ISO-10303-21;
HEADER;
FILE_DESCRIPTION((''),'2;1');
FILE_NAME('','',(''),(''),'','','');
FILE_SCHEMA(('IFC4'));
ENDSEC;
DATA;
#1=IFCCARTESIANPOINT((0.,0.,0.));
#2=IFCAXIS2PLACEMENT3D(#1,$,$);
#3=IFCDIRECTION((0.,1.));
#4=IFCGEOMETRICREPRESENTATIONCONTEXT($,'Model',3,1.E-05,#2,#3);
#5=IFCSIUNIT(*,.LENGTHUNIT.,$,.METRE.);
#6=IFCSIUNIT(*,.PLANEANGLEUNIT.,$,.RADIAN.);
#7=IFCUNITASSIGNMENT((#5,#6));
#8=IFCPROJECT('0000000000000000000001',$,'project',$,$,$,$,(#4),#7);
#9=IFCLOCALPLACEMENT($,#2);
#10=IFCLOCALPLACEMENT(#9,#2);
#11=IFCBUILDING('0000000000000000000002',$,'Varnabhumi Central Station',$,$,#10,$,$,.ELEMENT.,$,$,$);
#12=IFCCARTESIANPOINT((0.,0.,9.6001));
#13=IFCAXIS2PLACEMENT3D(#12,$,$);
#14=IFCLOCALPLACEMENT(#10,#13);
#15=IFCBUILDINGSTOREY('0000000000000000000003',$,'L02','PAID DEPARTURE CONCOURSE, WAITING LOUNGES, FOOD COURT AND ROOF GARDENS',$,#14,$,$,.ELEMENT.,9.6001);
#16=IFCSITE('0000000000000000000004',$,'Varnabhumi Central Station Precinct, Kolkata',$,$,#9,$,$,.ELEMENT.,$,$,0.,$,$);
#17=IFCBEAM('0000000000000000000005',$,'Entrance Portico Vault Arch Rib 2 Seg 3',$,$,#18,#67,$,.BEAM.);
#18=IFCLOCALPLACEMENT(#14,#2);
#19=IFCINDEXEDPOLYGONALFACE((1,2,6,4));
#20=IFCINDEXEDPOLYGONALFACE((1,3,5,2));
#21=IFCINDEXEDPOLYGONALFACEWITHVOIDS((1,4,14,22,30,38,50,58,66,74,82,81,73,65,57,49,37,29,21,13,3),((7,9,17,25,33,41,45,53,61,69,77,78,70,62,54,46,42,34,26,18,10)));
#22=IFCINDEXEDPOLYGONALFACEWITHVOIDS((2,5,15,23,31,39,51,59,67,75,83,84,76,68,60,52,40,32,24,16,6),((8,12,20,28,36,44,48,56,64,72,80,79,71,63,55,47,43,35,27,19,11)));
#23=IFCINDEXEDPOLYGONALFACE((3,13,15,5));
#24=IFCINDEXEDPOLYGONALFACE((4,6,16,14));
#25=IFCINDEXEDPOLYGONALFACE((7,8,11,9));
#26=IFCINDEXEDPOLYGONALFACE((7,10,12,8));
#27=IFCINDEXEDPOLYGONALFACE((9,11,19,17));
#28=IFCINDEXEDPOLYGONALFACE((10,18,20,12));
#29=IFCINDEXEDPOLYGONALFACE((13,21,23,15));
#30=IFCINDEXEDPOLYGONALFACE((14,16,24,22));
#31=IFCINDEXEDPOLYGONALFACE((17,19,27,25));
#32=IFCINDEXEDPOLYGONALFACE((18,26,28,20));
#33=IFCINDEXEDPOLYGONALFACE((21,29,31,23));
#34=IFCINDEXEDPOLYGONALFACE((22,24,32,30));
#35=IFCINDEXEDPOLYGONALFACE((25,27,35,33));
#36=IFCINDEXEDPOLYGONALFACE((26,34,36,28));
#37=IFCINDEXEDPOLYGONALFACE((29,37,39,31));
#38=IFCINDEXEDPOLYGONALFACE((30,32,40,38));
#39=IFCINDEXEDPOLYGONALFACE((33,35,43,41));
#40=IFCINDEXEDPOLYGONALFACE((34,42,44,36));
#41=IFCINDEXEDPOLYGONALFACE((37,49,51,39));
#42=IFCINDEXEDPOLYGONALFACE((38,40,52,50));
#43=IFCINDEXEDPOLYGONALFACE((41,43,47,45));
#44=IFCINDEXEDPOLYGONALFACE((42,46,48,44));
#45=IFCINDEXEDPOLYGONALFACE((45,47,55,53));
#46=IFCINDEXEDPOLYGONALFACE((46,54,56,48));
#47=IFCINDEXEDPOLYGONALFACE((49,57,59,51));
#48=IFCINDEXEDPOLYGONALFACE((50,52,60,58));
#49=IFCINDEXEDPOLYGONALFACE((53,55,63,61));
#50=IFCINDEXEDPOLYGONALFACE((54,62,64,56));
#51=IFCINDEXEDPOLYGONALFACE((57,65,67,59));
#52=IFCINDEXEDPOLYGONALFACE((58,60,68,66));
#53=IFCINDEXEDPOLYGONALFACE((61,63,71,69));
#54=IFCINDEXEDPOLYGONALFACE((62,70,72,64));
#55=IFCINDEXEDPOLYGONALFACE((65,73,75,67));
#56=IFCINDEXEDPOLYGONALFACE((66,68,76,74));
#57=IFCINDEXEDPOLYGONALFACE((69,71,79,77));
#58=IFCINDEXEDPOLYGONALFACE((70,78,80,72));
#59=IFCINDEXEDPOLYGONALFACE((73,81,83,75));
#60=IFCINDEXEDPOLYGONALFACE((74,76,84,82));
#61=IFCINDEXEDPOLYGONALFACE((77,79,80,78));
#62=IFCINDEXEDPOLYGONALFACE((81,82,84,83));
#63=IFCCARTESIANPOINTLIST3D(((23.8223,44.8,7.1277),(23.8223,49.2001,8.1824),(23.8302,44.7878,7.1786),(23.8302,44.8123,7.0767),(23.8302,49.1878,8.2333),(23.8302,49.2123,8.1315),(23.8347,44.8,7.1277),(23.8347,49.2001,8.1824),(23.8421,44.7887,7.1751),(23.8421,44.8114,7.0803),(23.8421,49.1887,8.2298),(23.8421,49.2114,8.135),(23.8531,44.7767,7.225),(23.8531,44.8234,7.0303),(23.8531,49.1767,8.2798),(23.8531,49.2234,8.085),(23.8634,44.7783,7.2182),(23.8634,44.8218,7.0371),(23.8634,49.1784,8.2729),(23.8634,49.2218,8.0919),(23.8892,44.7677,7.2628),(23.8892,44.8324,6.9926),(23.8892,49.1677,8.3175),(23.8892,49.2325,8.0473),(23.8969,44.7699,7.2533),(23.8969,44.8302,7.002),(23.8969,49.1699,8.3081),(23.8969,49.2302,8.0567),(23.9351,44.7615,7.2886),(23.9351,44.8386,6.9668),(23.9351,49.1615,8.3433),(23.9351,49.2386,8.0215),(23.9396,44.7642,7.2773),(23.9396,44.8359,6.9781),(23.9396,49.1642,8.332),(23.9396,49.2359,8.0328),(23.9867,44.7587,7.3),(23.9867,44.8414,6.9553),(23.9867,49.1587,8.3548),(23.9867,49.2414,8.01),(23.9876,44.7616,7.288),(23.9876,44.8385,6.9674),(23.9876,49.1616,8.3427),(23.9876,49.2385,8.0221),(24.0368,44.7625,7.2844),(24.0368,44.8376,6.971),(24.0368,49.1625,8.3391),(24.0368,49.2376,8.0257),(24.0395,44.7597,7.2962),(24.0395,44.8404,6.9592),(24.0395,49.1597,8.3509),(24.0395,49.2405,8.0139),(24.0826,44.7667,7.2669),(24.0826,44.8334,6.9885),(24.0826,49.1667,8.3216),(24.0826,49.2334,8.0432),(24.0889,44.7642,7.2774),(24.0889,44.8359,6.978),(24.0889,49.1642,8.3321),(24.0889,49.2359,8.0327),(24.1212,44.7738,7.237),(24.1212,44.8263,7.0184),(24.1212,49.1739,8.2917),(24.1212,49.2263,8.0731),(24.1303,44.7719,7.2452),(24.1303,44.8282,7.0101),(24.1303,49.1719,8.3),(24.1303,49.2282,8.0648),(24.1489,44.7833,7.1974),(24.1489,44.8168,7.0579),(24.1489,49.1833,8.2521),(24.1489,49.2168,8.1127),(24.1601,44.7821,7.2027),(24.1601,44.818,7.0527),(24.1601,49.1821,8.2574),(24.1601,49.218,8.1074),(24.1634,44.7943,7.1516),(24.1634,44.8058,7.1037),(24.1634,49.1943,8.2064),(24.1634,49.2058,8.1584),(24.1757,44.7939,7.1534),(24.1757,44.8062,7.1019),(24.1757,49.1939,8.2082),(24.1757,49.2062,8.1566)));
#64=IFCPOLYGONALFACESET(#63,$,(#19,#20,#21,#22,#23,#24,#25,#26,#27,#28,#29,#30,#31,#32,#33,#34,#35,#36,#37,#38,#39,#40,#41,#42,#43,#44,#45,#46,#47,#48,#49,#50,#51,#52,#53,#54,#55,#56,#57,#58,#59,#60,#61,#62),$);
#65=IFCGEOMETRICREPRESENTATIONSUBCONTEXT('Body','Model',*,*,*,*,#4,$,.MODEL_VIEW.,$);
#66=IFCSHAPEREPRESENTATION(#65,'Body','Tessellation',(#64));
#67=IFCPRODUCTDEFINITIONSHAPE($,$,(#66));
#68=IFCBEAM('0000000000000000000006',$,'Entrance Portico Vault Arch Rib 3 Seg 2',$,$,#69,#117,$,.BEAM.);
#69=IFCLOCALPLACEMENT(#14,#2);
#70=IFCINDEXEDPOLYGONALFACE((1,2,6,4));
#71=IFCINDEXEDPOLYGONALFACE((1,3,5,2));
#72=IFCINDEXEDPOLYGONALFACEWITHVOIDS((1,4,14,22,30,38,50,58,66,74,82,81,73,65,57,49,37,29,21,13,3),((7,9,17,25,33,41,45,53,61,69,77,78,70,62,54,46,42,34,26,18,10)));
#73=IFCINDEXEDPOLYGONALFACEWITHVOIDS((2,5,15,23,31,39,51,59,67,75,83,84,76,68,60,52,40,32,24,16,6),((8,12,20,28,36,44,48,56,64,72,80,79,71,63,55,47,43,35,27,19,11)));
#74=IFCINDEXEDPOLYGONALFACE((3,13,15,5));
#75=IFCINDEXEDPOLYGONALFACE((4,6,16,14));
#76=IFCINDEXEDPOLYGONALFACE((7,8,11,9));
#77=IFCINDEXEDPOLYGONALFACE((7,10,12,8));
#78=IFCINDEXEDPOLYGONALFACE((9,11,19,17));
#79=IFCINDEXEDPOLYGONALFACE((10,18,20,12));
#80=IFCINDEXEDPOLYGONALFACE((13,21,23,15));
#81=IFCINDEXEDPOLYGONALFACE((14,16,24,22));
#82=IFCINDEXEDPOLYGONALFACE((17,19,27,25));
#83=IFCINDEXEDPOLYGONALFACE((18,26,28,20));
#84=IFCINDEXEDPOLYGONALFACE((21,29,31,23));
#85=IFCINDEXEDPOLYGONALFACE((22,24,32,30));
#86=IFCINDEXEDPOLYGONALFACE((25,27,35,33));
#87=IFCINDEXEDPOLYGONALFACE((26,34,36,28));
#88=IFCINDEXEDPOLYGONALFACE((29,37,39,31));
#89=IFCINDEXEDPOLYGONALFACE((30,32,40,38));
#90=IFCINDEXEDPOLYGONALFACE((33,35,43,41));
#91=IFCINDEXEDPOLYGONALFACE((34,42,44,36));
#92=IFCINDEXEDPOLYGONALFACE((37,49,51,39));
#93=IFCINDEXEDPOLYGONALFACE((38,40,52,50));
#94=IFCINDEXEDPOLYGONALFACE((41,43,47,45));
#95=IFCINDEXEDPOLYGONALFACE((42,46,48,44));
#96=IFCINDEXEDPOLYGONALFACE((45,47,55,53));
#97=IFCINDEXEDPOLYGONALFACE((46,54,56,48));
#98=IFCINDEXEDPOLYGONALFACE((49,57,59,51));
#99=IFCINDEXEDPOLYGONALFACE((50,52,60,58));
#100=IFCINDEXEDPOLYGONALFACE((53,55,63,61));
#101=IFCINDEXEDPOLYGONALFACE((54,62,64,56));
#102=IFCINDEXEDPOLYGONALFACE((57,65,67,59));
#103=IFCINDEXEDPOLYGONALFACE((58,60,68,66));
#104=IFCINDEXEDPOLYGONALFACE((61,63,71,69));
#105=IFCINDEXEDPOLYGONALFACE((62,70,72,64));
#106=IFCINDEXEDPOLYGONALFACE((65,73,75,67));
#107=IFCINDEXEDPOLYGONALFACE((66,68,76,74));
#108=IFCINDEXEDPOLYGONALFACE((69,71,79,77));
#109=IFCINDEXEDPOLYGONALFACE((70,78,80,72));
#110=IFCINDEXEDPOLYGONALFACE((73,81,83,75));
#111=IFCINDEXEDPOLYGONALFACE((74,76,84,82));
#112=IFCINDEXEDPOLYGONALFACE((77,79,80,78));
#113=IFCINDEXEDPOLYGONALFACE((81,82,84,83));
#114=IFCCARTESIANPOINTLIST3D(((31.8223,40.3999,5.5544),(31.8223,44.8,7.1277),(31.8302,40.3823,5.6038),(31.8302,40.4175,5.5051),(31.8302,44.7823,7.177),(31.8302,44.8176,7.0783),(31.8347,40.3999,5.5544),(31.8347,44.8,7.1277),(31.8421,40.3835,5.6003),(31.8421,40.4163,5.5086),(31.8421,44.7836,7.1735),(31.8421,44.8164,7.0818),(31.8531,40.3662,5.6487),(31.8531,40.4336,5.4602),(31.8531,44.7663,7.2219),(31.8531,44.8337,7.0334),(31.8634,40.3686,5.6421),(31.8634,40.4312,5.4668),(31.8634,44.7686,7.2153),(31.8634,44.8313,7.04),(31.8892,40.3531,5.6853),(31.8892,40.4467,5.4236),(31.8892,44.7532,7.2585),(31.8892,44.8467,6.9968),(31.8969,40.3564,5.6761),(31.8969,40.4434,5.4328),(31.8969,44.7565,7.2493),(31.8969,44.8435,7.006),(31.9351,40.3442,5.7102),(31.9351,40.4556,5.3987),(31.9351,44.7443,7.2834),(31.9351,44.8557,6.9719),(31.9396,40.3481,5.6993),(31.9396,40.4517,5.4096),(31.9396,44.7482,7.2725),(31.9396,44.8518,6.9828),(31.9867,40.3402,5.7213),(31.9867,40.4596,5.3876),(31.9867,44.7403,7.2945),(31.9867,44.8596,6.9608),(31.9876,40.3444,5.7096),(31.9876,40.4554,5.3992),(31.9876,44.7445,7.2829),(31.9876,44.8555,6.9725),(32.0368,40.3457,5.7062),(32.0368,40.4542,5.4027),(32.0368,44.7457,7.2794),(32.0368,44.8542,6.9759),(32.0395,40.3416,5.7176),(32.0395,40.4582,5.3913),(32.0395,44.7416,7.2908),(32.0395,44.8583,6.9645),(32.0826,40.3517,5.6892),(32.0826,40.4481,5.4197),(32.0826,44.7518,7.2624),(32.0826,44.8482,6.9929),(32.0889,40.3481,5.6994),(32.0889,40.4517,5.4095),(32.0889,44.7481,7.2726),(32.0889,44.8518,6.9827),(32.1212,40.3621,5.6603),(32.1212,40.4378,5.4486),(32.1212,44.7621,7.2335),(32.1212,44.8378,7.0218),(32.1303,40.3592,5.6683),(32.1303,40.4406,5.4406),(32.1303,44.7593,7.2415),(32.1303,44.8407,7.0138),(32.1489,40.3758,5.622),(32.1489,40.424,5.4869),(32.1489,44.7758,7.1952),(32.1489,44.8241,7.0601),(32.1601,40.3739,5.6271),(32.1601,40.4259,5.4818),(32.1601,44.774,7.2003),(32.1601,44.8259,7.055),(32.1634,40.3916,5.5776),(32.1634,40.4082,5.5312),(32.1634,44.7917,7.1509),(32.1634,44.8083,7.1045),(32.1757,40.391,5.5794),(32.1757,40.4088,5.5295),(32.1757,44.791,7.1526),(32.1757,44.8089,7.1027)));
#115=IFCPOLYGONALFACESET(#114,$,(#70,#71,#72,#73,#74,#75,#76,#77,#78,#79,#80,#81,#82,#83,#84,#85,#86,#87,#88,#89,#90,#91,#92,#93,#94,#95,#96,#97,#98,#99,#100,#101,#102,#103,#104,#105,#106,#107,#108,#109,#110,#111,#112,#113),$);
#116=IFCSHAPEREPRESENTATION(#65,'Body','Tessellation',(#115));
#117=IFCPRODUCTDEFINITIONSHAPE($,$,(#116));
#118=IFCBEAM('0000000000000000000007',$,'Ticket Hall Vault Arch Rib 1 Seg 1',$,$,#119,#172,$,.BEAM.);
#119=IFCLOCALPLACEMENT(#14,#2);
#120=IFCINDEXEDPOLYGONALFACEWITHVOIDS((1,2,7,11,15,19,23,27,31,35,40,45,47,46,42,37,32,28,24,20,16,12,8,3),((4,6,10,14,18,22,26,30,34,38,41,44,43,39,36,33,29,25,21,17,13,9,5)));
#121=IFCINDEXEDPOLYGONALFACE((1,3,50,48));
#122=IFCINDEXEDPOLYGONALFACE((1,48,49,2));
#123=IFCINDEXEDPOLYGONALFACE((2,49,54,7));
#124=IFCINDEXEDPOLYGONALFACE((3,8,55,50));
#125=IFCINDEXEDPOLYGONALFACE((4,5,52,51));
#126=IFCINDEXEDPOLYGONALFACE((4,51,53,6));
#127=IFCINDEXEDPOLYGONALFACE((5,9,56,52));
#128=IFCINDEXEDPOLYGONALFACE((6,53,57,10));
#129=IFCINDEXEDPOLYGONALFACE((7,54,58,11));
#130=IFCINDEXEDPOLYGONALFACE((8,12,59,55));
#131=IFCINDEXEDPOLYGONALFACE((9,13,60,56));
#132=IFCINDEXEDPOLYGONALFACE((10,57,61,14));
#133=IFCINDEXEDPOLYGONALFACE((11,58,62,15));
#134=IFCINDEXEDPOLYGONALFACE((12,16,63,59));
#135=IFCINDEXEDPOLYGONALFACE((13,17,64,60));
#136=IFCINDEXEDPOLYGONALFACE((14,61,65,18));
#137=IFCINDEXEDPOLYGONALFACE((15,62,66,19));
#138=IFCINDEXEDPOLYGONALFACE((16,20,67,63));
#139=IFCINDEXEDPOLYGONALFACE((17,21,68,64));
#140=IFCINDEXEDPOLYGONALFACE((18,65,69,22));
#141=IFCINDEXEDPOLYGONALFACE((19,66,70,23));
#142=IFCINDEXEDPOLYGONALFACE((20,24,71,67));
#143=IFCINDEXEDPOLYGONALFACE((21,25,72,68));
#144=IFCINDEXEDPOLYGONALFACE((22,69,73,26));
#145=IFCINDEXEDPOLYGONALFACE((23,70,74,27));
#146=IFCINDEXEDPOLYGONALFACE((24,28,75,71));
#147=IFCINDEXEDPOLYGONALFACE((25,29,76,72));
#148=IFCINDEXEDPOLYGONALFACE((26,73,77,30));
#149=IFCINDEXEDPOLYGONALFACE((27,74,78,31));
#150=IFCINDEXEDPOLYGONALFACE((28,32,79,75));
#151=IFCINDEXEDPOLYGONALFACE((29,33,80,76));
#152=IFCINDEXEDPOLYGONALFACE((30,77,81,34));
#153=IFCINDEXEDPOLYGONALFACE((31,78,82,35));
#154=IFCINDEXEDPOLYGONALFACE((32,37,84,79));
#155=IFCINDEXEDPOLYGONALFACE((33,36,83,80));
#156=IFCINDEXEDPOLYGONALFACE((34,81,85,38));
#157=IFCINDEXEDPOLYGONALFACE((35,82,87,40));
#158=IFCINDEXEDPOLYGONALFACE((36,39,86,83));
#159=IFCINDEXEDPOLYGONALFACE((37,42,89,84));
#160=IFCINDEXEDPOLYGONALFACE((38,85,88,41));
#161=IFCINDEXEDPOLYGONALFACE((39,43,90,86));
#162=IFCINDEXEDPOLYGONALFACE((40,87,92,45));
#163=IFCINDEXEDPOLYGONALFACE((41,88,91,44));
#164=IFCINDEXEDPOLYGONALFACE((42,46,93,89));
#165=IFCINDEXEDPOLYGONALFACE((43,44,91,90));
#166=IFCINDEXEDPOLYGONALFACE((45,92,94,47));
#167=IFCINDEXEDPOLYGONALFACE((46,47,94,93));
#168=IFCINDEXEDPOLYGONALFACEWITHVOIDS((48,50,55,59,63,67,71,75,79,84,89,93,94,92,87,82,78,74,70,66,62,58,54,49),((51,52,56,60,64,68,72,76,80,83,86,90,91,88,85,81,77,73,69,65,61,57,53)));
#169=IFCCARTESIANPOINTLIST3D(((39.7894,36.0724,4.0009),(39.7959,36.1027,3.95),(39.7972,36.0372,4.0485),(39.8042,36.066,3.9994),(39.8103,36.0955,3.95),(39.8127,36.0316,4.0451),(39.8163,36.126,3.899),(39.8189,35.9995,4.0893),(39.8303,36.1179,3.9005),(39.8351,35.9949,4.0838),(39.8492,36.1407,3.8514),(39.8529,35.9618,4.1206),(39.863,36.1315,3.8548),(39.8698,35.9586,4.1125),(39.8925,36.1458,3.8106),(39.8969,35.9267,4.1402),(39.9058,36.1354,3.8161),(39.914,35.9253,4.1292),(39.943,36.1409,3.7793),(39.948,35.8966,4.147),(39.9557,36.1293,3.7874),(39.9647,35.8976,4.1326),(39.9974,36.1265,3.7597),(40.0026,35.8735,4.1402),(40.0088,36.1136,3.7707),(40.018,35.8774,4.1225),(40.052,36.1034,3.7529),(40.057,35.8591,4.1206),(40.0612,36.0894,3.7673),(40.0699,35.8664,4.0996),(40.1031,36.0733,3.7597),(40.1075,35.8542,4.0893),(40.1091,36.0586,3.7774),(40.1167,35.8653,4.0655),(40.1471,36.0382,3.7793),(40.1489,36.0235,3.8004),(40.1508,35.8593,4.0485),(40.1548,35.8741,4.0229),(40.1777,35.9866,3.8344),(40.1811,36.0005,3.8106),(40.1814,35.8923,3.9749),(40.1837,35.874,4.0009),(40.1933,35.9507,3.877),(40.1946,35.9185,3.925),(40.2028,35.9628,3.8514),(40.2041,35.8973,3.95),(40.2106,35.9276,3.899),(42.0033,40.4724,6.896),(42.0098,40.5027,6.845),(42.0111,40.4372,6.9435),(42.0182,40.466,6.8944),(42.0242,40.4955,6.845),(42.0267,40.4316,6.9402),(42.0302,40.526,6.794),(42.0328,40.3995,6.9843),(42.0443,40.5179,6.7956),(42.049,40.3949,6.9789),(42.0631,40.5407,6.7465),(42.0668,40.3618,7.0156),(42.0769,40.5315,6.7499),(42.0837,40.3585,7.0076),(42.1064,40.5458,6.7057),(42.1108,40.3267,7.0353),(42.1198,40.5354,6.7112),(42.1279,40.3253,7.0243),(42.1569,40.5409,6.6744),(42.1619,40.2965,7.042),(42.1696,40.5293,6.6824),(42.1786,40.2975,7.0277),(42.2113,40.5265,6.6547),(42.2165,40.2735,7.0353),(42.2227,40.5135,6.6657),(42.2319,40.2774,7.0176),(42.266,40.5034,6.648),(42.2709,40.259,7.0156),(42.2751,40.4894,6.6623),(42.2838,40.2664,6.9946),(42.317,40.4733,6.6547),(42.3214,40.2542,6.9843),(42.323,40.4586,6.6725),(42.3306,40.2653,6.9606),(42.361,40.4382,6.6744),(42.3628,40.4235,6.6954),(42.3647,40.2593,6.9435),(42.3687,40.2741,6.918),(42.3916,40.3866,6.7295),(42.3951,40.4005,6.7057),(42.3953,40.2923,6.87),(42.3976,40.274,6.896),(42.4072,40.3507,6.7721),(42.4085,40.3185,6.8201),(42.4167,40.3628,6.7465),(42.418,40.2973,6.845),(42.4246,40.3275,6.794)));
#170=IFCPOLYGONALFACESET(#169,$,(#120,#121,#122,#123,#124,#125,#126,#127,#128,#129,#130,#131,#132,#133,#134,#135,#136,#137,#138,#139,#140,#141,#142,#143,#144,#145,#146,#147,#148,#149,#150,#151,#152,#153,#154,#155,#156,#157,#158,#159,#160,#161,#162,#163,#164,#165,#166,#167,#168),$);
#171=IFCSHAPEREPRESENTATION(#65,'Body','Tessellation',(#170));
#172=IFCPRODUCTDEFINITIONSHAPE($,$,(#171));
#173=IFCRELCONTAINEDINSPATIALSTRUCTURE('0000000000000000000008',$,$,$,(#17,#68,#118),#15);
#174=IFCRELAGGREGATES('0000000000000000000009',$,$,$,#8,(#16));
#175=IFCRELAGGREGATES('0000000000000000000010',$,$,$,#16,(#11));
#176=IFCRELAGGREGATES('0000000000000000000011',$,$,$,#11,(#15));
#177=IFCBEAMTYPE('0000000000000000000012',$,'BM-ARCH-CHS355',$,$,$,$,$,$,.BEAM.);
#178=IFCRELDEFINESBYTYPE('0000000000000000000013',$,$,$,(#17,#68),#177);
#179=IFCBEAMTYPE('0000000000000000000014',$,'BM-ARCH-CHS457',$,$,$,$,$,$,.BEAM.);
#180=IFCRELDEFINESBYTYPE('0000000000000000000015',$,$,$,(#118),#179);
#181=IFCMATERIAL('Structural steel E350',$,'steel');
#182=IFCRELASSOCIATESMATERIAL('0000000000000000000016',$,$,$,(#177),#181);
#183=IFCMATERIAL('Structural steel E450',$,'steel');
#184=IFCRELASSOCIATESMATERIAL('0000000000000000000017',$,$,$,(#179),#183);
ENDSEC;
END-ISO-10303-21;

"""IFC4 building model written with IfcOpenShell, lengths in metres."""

from ifc_helpers import new_model, si_unit, direction, frame, origin, origin_2d, place, context, subcontext, project, spatial, hollow_circle, extrude, material, material_profile, profile_set, type_object, element, save


model = new_model("IFC4")

# Units and contexts
model_context = context("Model", 3, precision=1e-05, world=origin(), true_north=direction((0.0, 1.0)))
body_context = subcontext(model_context, "Body", "Model", "MODEL_VIEW")
ifc_project = project(units=[si_unit("LENGTHUNIT", "METRE"), si_unit("PLANEANGLEUNIT", "RADIAN")], contexts=[model_context])

# Site, building, storey
site_placement = place(None, origin())
site = spatial("IfcSite", under=ifc_project, at=site_placement, Name="Varnabhumi Central Station Precinct, Kolkata", CompositionType="ELEMENT", RefElevation=0.0)
building_placement = place(site_placement, origin())
building = spatial("IfcBuilding", under=site, at=building_placement, Name="Varnabhumi Central Station", CompositionType="ELEMENT")
storey_placement = place(building_placement, frame((0.0, 0.0, 9.6001)))
storey = spatial("IfcBuildingStorey", under=building, at=storey_placement, Name="L02", Description="PAID DEPARTURE CONCOURSE, WAITING LOUNGES, FOOD COURT AND ROOF GARDENS", CompositionType="ELEMENT", Elevation=9.6001)

# Beams
ifc_material_1 = material(Name="Structural steel E350", Category="steel")
ifc_material_profile_1 = material_profile(ifc_material_1, hollow_circle(Radius=0.1777, WallThickness=0.0125, at=origin_2d()), Name="Structural steel E350", Category="steel")
ifc_profile_set_1 = profile_set([ifc_material_profile_1], Name="Structural steel E350")
beam_type_1 = type_object("IfcBeamType", Name="BM-ARCH-CHS355", PredefinedType="BEAM", material=ifc_profile_set_1)
beam_1_placement = place(storey_placement, frame((24.0, 44.8, 7.1277), z_axis=(0.0, 0.972452, 0.233104), x_axis=(-1.0, 0.0, 0.0)))
element("IfcBeam", 1, at=beam_1_placement, inside=storey, type_object=beam_type_1, Name="Entrance Portico Vault Arch Rib 2 Seg 3", PredefinedType="BEAM", context=body_context, shape_type="SweptSolid", body=[
    extrude(hollow_circle(Radius=0.1777, WallThickness=0.0125, at=origin_2d()), origin(), (0.0, 0.0, 1.0), 4.5247),
])
beam_2_placement = place(storey_placement, frame((32.0, 40.3999, 5.5544), z_axis=(0.0, 0.941622, 0.336671), x_axis=(-1.0, 0.0, 0.0)))
element("IfcBeam", 2, at=beam_2_placement, inside=storey, type_object=beam_type_1, Name="Entrance Portico Vault Arch Rib 3 Seg 2", PredefinedType="BEAM", context=body_context, shape_type="SweptSolid", body=[
    extrude(hollow_circle(Radius=0.1777, WallThickness=0.0125, at=origin_2d()), origin(), (0.0, 0.0, 1.0), 4.6729),
])
ifc_material_2 = material(Name="Structural steel E450", Category="steel")
ifc_material_profile_2 = material_profile(ifc_material_2, hollow_circle(Radius=0.2285, WallThickness=0.0161, at=origin_2d()), Name="Structural steel E450", Category="steel")
ifc_profile_set_2 = profile_set([ifc_material_profile_2], Name="Structural steel E450")
beam_type_2 = type_object("IfcBeamType", Name="BM-ARCH-CHS457", PredefinedType="BEAM", material=ifc_profile_set_2)
beam_3_placement = place(storey_placement, frame((40.0, 36.0, 3.95), z_axis=(0.387495, 0.770119, 0.506718), x_axis=(-0.893294, 0.449472, 0.0)))
element("IfcBeam", 3, at=beam_3_placement, inside=storey, type_object=beam_type_2, Name="Ticket Hall Vault Arch Rib 1 Seg 1", PredefinedType="BEAM", context=body_context, shape_type="SweptSolid", body=[
    extrude(hollow_circle(Radius=0.2285, WallThickness=0.0161, at=origin_2d()), origin(), (0.0, 0.0, 1.0), 5.7134),
])

save(model, "model.ifc")
